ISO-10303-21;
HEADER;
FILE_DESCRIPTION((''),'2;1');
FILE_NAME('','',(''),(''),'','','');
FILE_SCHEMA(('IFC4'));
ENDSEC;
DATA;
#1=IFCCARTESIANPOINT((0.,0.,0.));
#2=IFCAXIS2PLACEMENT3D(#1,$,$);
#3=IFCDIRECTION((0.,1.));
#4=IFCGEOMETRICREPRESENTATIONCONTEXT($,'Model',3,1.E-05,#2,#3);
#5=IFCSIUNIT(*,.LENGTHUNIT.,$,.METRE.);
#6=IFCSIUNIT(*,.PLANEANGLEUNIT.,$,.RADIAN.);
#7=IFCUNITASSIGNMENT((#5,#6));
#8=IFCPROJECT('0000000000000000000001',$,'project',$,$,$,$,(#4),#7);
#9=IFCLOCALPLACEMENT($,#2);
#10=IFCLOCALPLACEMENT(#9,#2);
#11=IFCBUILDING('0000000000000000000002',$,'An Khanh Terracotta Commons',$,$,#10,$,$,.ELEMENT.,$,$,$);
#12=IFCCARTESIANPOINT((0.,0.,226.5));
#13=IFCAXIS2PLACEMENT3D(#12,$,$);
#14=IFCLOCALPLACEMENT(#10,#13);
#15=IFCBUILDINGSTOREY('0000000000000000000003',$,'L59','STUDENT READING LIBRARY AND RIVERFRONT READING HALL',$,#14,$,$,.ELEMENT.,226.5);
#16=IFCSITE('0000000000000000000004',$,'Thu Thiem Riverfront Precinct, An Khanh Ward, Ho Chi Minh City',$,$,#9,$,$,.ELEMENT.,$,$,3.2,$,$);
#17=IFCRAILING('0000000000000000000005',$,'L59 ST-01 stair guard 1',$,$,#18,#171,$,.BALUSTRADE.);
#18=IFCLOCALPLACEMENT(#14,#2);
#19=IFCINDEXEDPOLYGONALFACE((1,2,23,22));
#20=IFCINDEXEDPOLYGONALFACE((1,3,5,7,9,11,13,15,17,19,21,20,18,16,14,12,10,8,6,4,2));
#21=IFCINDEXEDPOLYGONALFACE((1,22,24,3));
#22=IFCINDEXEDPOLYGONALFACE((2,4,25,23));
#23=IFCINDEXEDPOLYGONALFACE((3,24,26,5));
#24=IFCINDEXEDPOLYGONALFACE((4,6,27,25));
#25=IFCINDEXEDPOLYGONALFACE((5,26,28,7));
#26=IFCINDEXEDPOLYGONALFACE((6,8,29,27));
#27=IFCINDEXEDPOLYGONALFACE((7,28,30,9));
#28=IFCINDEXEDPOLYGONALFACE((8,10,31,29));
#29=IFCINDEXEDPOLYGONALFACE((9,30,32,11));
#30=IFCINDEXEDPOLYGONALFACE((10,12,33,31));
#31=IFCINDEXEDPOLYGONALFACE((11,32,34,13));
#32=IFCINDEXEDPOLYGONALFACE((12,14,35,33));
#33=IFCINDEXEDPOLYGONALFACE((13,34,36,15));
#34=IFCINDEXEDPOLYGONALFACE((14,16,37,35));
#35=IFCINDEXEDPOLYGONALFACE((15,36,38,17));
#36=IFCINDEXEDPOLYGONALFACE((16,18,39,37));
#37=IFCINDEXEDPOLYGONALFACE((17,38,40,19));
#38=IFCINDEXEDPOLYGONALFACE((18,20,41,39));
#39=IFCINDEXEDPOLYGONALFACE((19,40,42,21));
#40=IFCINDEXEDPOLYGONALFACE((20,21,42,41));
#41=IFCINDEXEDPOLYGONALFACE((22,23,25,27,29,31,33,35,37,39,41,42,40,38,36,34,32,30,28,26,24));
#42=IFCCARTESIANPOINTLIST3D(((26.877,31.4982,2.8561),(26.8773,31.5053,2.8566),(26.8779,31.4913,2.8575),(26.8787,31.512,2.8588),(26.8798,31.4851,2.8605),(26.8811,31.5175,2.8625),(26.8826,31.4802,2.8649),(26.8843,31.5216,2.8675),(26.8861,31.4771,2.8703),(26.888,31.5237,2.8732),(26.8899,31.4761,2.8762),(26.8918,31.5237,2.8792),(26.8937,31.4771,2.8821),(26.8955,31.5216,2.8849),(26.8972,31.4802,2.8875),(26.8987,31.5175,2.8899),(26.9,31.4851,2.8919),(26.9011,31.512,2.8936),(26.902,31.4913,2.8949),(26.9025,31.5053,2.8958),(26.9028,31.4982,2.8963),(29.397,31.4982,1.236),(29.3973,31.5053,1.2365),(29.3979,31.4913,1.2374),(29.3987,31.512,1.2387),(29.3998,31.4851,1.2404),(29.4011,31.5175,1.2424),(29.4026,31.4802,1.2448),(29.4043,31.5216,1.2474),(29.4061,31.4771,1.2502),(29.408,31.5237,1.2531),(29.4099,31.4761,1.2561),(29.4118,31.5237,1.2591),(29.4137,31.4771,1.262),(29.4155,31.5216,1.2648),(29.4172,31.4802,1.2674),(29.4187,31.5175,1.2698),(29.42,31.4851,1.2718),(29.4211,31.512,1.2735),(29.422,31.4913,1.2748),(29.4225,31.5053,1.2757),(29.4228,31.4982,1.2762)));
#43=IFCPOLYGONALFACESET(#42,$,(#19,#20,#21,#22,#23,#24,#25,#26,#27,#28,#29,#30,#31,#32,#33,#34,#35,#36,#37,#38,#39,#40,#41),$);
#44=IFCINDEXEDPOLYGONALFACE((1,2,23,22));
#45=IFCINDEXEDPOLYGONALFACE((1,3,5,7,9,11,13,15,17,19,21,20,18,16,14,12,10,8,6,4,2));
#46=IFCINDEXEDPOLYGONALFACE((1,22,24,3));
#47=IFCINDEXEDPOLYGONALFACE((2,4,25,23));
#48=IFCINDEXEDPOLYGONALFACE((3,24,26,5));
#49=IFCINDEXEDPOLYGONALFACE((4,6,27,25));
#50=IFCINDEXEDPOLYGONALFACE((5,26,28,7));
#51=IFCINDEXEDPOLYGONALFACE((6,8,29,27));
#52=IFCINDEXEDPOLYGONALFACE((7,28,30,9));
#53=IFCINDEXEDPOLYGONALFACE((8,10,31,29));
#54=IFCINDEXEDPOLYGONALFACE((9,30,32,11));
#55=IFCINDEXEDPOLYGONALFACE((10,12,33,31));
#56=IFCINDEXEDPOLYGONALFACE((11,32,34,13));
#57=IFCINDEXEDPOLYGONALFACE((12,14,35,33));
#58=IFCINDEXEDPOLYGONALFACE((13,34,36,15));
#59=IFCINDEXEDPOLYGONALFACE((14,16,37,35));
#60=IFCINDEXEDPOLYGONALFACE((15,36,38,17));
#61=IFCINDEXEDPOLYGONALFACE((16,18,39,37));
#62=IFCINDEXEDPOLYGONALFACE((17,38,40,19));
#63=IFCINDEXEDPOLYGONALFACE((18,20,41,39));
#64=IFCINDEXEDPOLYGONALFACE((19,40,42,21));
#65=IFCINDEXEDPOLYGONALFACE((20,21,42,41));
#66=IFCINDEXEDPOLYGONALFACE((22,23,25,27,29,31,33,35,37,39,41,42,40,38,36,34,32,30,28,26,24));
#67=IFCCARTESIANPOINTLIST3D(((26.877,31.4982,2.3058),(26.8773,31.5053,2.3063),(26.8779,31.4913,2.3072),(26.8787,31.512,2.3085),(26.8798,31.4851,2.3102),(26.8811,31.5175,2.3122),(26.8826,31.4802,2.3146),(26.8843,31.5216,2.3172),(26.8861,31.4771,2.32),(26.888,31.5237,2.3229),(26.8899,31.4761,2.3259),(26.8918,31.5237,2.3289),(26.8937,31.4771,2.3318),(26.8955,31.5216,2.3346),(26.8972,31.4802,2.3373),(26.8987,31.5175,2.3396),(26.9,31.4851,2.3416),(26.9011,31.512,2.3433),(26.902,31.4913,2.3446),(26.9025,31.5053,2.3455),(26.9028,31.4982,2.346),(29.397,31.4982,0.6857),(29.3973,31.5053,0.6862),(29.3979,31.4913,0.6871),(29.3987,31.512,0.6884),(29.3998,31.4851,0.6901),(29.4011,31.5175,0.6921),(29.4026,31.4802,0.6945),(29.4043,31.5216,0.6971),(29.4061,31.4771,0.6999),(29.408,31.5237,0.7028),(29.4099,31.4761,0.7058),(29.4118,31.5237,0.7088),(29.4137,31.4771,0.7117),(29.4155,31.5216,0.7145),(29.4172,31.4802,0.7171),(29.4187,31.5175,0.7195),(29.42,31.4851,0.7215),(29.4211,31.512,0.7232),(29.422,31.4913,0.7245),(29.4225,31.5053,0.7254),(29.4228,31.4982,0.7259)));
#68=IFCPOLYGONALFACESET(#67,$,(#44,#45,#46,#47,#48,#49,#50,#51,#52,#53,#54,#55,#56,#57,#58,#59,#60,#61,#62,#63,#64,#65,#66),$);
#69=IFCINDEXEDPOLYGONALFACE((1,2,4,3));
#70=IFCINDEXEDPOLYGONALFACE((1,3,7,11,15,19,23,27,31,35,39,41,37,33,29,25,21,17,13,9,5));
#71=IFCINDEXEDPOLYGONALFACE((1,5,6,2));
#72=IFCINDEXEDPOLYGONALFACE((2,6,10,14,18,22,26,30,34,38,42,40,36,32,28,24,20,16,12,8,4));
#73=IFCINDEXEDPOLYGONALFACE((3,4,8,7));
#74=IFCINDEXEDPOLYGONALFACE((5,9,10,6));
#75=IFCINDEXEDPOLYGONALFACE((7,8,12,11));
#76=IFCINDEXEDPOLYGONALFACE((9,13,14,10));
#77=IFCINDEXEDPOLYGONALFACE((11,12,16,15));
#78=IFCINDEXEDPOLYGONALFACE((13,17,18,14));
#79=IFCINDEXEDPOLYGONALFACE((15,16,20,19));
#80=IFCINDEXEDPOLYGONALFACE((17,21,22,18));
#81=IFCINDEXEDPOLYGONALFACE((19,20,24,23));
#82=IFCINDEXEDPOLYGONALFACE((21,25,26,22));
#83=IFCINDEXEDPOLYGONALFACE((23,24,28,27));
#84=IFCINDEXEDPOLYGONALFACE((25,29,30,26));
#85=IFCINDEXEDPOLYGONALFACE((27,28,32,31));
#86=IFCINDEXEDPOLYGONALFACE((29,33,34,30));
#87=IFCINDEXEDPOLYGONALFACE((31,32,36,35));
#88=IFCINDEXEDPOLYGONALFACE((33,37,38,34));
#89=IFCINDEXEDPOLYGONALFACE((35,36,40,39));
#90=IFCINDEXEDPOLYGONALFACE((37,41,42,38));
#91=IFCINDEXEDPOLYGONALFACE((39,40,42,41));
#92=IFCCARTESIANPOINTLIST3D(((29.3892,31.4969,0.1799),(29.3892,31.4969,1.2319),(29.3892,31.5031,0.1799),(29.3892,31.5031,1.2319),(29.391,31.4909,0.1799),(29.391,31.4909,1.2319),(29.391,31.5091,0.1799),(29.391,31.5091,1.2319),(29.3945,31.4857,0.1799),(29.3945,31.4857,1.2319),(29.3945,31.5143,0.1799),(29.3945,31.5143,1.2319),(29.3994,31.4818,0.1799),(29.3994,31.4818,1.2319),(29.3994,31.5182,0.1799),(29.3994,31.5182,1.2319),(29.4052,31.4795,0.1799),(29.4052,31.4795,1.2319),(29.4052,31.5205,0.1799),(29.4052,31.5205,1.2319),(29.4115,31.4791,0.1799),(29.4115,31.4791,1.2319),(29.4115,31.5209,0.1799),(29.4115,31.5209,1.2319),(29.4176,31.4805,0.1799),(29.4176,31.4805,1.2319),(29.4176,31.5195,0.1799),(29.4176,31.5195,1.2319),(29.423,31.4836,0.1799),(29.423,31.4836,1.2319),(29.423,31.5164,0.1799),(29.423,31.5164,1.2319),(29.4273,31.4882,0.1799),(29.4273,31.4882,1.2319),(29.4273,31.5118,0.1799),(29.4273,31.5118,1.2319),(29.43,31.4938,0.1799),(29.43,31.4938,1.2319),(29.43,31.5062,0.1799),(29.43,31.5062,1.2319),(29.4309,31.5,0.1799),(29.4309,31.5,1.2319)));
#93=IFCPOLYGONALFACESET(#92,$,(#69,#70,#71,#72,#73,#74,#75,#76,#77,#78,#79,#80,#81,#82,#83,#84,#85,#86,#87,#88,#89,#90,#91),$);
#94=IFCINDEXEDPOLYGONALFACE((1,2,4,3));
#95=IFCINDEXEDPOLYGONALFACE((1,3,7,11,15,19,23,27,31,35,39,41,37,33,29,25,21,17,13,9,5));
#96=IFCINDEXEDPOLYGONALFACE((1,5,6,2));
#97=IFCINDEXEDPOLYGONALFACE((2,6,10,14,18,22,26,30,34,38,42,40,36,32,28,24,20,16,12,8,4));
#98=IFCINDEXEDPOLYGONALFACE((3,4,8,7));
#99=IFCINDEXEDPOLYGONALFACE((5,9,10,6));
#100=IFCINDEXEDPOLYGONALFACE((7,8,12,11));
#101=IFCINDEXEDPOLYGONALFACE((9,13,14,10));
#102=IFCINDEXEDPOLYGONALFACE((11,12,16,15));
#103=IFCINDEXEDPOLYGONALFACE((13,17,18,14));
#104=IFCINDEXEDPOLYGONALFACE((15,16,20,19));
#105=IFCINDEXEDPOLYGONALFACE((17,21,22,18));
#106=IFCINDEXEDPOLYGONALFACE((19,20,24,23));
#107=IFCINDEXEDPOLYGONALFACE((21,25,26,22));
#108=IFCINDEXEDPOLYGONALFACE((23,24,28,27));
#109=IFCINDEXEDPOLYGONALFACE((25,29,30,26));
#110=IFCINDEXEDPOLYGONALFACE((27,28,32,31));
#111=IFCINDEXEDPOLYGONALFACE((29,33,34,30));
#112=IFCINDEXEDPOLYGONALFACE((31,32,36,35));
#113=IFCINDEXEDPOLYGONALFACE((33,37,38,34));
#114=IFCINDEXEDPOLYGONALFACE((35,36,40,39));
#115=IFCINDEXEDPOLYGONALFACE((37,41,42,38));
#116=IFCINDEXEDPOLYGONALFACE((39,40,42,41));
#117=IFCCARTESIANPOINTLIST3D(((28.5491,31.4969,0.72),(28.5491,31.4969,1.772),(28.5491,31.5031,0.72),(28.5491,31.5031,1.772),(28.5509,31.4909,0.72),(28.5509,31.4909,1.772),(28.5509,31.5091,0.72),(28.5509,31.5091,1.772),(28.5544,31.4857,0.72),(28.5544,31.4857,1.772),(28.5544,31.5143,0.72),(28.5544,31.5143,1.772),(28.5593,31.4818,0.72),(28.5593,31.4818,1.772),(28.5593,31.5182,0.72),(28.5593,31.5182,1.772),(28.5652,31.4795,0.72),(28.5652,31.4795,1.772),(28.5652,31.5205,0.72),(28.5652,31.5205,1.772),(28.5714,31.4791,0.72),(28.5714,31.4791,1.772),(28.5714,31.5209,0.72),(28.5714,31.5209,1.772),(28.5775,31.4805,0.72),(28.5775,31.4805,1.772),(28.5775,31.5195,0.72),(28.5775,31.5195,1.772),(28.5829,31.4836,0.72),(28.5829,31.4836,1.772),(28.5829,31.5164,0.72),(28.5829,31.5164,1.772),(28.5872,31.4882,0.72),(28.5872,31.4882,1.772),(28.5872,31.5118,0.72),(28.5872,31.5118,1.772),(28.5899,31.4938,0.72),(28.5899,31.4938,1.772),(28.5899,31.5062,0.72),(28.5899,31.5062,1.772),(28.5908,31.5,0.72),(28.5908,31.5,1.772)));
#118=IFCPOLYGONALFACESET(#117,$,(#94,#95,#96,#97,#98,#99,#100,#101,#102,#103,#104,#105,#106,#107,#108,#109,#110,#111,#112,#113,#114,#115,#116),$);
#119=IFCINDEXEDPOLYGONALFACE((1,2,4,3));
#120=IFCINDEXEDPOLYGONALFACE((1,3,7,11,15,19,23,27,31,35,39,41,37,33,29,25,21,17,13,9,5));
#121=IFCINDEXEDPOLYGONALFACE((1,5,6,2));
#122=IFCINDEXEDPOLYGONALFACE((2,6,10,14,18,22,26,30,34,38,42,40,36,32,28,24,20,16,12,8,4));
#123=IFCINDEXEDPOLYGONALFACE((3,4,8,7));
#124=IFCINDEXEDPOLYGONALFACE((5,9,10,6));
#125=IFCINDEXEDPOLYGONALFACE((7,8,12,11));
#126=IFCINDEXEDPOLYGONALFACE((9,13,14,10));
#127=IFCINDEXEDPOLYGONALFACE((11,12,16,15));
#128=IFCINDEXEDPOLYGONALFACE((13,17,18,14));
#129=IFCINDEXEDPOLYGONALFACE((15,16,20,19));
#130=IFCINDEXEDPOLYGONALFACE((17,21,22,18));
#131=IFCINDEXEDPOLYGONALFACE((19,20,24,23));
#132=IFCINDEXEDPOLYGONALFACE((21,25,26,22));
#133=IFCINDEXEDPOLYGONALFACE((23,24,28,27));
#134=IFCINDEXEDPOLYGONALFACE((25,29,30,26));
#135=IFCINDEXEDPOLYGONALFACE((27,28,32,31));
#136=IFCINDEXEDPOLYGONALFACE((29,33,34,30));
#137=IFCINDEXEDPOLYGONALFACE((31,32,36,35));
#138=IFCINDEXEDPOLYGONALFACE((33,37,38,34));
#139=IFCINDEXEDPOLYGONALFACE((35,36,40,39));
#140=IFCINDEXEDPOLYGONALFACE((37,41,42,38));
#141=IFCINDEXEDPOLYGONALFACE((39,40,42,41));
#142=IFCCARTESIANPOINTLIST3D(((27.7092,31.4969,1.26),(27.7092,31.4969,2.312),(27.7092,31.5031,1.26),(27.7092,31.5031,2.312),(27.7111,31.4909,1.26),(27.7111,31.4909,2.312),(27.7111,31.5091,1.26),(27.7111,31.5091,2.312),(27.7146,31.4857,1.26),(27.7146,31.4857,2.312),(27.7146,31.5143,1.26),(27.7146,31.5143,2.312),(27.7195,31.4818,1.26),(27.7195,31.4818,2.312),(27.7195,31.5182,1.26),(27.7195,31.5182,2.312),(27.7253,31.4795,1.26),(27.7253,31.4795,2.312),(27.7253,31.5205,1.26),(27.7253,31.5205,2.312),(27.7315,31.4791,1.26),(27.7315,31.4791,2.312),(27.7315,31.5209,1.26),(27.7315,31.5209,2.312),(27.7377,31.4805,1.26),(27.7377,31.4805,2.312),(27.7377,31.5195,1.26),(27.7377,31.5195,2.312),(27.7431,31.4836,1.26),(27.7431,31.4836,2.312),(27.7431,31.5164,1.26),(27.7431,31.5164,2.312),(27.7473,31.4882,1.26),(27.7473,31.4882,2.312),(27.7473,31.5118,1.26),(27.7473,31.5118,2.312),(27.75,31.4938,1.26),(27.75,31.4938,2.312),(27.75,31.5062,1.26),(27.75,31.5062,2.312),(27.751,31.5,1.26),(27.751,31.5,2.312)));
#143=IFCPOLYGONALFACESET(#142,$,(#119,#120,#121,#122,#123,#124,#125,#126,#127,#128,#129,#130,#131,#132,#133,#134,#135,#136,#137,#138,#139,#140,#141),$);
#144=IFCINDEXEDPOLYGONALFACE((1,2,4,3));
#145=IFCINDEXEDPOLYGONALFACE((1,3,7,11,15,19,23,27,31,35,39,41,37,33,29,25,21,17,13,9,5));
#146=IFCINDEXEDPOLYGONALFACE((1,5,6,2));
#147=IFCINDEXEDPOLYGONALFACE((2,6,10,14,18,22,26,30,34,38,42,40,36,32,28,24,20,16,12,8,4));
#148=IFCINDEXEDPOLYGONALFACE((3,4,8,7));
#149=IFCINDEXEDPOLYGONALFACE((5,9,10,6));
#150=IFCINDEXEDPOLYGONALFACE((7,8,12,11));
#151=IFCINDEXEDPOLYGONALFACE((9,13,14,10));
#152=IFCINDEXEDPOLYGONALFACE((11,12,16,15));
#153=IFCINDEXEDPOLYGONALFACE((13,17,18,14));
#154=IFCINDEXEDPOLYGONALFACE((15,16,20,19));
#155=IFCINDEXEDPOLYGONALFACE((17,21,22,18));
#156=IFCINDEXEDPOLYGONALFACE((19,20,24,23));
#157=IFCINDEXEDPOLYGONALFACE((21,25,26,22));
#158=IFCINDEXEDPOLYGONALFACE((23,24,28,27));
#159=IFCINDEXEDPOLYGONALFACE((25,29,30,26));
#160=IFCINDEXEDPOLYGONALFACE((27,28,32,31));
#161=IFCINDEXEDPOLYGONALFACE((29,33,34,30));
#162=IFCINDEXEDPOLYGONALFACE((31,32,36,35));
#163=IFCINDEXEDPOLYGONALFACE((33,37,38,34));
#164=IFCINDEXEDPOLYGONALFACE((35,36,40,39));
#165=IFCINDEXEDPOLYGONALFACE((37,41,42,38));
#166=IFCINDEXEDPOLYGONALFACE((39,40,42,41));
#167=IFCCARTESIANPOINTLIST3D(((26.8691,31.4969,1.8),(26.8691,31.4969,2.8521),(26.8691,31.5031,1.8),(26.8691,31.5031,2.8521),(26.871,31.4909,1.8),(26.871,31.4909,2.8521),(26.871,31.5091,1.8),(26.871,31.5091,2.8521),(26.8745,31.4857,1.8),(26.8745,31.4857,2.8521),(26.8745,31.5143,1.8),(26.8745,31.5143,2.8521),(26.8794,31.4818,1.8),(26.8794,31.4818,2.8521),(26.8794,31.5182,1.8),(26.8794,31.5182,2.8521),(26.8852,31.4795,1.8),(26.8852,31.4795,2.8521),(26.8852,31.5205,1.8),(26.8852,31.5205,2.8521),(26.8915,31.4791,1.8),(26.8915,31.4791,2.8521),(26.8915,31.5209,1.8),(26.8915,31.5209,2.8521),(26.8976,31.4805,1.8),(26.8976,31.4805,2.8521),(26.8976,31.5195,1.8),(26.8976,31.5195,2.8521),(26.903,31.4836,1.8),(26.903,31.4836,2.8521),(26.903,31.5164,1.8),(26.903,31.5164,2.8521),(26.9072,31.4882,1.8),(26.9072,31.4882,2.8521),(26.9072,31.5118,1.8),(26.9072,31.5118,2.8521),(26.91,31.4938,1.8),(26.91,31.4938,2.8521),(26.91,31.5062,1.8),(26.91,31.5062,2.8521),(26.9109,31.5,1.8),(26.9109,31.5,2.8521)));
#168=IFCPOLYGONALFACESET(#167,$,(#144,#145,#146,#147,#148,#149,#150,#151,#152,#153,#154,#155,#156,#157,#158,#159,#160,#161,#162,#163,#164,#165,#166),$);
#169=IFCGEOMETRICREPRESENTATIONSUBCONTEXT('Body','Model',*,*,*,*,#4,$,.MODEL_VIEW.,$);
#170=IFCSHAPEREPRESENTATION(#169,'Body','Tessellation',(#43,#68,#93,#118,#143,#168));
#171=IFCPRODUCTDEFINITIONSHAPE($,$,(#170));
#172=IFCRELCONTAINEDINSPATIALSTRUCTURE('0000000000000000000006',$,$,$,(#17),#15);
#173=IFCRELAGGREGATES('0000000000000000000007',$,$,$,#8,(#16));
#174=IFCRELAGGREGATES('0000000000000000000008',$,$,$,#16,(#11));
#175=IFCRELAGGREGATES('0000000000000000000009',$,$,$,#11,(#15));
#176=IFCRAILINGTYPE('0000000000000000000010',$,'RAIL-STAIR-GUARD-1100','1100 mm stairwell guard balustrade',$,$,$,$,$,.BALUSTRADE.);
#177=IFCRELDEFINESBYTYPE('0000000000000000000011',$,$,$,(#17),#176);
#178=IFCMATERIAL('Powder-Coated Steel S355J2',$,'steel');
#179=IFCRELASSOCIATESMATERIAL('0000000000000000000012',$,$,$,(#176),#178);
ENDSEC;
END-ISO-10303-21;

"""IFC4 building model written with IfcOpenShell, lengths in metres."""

from ifc_helpers import new_model, si_unit, direction, frame, origin, origin_2d, place, context, subcontext, project, spatial, circle, extrude, material, type_object, element, save


model = new_model("IFC4")

# Units and contexts
model_context = context("Model", 3, precision=1e-05, world=origin(), true_north=direction((0.0, 1.0)))
body_context = subcontext(model_context, "Body", "Model", "MODEL_VIEW")
ifc_project = project(units=[si_unit("LENGTHUNIT", "METRE"), si_unit("PLANEANGLEUNIT", "RADIAN")], contexts=[model_context])

# Site, building, storey
site_placement = place(None, origin())
site = spatial("IfcSite", under=ifc_project, at=site_placement, Name="Thu Thiem Riverfront Precinct, An Khanh Ward, Ho Chi Minh City", CompositionType="ELEMENT", RefElevation=3.2)
building_placement = place(site_placement, origin())
building = spatial("IfcBuilding", under=site, at=building_placement, Name="An Khanh Terracotta Commons", CompositionType="ELEMENT")
storey_placement = place(building_placement, frame((0.0, 0.0, 226.5)))
storey = spatial("IfcBuildingStorey", under=building, at=storey_placement, Name="L59", Description="STUDENT READING LIBRARY AND RIVERFRONT READING HALL", CompositionType="ELEMENT", Elevation=226.5)

# Railing
ifc_material_1 = material(Name="Powder-Coated Steel S355J2", Category="steel")
railing_type_1 = type_object("IfcRailingType", Name="RAIL-STAIR-GUARD-1100", Description="1100 mm stairwell guard balustrade", PredefinedType="BALUSTRADE", material=ifc_material_1)
railing_1_placement = place(storey_placement, frame((29.4099, 31.5, 0.1799)))
element("IfcRailing", 1, at=railing_1_placement, inside=storey, type_object=railing_type_1, Name="L59 ST-01 stair guard 1", PredefinedType="BALUSTRADE", context=body_context, shape_type="SweptSolid", body=[
    extrude(circle(Radius=0.0239, at=origin_2d()), frame((0.0, 0.0, 1.0762), z_axis=(-0.841163, 0.0, 0.540782), x_axis=(0.0, -1.0, 0.0)), (0.0, 0.0, 1.0), 2.9958),
    extrude(circle(Radius=0.0239, at=origin_2d()), frame((0.0, 0.0, 0.5259), z_axis=(-0.841163, 0.0, 0.540782), x_axis=(0.0, -1.0, 0.0)), (0.0, 0.0, 1.0), 2.9958),
    extrude(circle(Radius=0.021, at=origin_2d()), origin(), (0.0, 0.0, 1.0), 1.052),
    extrude(circle(Radius=0.021, at=origin_2d()), frame((-0.8401, 0.0, 0.54)), (0.0, 0.0, 1.0), 1.052),
    extrude(circle(Radius=0.021, at=origin_2d()), frame((-1.6799, 0.0, 1.0801)), (0.0, 0.0, 1.0), 1.052),
    extrude(circle(Radius=0.021, at=origin_2d()), frame((-2.52, 0.0, 1.6201)), (0.0, 0.0, 1.0), 1.052),
])

save(model, "model.ifc")
